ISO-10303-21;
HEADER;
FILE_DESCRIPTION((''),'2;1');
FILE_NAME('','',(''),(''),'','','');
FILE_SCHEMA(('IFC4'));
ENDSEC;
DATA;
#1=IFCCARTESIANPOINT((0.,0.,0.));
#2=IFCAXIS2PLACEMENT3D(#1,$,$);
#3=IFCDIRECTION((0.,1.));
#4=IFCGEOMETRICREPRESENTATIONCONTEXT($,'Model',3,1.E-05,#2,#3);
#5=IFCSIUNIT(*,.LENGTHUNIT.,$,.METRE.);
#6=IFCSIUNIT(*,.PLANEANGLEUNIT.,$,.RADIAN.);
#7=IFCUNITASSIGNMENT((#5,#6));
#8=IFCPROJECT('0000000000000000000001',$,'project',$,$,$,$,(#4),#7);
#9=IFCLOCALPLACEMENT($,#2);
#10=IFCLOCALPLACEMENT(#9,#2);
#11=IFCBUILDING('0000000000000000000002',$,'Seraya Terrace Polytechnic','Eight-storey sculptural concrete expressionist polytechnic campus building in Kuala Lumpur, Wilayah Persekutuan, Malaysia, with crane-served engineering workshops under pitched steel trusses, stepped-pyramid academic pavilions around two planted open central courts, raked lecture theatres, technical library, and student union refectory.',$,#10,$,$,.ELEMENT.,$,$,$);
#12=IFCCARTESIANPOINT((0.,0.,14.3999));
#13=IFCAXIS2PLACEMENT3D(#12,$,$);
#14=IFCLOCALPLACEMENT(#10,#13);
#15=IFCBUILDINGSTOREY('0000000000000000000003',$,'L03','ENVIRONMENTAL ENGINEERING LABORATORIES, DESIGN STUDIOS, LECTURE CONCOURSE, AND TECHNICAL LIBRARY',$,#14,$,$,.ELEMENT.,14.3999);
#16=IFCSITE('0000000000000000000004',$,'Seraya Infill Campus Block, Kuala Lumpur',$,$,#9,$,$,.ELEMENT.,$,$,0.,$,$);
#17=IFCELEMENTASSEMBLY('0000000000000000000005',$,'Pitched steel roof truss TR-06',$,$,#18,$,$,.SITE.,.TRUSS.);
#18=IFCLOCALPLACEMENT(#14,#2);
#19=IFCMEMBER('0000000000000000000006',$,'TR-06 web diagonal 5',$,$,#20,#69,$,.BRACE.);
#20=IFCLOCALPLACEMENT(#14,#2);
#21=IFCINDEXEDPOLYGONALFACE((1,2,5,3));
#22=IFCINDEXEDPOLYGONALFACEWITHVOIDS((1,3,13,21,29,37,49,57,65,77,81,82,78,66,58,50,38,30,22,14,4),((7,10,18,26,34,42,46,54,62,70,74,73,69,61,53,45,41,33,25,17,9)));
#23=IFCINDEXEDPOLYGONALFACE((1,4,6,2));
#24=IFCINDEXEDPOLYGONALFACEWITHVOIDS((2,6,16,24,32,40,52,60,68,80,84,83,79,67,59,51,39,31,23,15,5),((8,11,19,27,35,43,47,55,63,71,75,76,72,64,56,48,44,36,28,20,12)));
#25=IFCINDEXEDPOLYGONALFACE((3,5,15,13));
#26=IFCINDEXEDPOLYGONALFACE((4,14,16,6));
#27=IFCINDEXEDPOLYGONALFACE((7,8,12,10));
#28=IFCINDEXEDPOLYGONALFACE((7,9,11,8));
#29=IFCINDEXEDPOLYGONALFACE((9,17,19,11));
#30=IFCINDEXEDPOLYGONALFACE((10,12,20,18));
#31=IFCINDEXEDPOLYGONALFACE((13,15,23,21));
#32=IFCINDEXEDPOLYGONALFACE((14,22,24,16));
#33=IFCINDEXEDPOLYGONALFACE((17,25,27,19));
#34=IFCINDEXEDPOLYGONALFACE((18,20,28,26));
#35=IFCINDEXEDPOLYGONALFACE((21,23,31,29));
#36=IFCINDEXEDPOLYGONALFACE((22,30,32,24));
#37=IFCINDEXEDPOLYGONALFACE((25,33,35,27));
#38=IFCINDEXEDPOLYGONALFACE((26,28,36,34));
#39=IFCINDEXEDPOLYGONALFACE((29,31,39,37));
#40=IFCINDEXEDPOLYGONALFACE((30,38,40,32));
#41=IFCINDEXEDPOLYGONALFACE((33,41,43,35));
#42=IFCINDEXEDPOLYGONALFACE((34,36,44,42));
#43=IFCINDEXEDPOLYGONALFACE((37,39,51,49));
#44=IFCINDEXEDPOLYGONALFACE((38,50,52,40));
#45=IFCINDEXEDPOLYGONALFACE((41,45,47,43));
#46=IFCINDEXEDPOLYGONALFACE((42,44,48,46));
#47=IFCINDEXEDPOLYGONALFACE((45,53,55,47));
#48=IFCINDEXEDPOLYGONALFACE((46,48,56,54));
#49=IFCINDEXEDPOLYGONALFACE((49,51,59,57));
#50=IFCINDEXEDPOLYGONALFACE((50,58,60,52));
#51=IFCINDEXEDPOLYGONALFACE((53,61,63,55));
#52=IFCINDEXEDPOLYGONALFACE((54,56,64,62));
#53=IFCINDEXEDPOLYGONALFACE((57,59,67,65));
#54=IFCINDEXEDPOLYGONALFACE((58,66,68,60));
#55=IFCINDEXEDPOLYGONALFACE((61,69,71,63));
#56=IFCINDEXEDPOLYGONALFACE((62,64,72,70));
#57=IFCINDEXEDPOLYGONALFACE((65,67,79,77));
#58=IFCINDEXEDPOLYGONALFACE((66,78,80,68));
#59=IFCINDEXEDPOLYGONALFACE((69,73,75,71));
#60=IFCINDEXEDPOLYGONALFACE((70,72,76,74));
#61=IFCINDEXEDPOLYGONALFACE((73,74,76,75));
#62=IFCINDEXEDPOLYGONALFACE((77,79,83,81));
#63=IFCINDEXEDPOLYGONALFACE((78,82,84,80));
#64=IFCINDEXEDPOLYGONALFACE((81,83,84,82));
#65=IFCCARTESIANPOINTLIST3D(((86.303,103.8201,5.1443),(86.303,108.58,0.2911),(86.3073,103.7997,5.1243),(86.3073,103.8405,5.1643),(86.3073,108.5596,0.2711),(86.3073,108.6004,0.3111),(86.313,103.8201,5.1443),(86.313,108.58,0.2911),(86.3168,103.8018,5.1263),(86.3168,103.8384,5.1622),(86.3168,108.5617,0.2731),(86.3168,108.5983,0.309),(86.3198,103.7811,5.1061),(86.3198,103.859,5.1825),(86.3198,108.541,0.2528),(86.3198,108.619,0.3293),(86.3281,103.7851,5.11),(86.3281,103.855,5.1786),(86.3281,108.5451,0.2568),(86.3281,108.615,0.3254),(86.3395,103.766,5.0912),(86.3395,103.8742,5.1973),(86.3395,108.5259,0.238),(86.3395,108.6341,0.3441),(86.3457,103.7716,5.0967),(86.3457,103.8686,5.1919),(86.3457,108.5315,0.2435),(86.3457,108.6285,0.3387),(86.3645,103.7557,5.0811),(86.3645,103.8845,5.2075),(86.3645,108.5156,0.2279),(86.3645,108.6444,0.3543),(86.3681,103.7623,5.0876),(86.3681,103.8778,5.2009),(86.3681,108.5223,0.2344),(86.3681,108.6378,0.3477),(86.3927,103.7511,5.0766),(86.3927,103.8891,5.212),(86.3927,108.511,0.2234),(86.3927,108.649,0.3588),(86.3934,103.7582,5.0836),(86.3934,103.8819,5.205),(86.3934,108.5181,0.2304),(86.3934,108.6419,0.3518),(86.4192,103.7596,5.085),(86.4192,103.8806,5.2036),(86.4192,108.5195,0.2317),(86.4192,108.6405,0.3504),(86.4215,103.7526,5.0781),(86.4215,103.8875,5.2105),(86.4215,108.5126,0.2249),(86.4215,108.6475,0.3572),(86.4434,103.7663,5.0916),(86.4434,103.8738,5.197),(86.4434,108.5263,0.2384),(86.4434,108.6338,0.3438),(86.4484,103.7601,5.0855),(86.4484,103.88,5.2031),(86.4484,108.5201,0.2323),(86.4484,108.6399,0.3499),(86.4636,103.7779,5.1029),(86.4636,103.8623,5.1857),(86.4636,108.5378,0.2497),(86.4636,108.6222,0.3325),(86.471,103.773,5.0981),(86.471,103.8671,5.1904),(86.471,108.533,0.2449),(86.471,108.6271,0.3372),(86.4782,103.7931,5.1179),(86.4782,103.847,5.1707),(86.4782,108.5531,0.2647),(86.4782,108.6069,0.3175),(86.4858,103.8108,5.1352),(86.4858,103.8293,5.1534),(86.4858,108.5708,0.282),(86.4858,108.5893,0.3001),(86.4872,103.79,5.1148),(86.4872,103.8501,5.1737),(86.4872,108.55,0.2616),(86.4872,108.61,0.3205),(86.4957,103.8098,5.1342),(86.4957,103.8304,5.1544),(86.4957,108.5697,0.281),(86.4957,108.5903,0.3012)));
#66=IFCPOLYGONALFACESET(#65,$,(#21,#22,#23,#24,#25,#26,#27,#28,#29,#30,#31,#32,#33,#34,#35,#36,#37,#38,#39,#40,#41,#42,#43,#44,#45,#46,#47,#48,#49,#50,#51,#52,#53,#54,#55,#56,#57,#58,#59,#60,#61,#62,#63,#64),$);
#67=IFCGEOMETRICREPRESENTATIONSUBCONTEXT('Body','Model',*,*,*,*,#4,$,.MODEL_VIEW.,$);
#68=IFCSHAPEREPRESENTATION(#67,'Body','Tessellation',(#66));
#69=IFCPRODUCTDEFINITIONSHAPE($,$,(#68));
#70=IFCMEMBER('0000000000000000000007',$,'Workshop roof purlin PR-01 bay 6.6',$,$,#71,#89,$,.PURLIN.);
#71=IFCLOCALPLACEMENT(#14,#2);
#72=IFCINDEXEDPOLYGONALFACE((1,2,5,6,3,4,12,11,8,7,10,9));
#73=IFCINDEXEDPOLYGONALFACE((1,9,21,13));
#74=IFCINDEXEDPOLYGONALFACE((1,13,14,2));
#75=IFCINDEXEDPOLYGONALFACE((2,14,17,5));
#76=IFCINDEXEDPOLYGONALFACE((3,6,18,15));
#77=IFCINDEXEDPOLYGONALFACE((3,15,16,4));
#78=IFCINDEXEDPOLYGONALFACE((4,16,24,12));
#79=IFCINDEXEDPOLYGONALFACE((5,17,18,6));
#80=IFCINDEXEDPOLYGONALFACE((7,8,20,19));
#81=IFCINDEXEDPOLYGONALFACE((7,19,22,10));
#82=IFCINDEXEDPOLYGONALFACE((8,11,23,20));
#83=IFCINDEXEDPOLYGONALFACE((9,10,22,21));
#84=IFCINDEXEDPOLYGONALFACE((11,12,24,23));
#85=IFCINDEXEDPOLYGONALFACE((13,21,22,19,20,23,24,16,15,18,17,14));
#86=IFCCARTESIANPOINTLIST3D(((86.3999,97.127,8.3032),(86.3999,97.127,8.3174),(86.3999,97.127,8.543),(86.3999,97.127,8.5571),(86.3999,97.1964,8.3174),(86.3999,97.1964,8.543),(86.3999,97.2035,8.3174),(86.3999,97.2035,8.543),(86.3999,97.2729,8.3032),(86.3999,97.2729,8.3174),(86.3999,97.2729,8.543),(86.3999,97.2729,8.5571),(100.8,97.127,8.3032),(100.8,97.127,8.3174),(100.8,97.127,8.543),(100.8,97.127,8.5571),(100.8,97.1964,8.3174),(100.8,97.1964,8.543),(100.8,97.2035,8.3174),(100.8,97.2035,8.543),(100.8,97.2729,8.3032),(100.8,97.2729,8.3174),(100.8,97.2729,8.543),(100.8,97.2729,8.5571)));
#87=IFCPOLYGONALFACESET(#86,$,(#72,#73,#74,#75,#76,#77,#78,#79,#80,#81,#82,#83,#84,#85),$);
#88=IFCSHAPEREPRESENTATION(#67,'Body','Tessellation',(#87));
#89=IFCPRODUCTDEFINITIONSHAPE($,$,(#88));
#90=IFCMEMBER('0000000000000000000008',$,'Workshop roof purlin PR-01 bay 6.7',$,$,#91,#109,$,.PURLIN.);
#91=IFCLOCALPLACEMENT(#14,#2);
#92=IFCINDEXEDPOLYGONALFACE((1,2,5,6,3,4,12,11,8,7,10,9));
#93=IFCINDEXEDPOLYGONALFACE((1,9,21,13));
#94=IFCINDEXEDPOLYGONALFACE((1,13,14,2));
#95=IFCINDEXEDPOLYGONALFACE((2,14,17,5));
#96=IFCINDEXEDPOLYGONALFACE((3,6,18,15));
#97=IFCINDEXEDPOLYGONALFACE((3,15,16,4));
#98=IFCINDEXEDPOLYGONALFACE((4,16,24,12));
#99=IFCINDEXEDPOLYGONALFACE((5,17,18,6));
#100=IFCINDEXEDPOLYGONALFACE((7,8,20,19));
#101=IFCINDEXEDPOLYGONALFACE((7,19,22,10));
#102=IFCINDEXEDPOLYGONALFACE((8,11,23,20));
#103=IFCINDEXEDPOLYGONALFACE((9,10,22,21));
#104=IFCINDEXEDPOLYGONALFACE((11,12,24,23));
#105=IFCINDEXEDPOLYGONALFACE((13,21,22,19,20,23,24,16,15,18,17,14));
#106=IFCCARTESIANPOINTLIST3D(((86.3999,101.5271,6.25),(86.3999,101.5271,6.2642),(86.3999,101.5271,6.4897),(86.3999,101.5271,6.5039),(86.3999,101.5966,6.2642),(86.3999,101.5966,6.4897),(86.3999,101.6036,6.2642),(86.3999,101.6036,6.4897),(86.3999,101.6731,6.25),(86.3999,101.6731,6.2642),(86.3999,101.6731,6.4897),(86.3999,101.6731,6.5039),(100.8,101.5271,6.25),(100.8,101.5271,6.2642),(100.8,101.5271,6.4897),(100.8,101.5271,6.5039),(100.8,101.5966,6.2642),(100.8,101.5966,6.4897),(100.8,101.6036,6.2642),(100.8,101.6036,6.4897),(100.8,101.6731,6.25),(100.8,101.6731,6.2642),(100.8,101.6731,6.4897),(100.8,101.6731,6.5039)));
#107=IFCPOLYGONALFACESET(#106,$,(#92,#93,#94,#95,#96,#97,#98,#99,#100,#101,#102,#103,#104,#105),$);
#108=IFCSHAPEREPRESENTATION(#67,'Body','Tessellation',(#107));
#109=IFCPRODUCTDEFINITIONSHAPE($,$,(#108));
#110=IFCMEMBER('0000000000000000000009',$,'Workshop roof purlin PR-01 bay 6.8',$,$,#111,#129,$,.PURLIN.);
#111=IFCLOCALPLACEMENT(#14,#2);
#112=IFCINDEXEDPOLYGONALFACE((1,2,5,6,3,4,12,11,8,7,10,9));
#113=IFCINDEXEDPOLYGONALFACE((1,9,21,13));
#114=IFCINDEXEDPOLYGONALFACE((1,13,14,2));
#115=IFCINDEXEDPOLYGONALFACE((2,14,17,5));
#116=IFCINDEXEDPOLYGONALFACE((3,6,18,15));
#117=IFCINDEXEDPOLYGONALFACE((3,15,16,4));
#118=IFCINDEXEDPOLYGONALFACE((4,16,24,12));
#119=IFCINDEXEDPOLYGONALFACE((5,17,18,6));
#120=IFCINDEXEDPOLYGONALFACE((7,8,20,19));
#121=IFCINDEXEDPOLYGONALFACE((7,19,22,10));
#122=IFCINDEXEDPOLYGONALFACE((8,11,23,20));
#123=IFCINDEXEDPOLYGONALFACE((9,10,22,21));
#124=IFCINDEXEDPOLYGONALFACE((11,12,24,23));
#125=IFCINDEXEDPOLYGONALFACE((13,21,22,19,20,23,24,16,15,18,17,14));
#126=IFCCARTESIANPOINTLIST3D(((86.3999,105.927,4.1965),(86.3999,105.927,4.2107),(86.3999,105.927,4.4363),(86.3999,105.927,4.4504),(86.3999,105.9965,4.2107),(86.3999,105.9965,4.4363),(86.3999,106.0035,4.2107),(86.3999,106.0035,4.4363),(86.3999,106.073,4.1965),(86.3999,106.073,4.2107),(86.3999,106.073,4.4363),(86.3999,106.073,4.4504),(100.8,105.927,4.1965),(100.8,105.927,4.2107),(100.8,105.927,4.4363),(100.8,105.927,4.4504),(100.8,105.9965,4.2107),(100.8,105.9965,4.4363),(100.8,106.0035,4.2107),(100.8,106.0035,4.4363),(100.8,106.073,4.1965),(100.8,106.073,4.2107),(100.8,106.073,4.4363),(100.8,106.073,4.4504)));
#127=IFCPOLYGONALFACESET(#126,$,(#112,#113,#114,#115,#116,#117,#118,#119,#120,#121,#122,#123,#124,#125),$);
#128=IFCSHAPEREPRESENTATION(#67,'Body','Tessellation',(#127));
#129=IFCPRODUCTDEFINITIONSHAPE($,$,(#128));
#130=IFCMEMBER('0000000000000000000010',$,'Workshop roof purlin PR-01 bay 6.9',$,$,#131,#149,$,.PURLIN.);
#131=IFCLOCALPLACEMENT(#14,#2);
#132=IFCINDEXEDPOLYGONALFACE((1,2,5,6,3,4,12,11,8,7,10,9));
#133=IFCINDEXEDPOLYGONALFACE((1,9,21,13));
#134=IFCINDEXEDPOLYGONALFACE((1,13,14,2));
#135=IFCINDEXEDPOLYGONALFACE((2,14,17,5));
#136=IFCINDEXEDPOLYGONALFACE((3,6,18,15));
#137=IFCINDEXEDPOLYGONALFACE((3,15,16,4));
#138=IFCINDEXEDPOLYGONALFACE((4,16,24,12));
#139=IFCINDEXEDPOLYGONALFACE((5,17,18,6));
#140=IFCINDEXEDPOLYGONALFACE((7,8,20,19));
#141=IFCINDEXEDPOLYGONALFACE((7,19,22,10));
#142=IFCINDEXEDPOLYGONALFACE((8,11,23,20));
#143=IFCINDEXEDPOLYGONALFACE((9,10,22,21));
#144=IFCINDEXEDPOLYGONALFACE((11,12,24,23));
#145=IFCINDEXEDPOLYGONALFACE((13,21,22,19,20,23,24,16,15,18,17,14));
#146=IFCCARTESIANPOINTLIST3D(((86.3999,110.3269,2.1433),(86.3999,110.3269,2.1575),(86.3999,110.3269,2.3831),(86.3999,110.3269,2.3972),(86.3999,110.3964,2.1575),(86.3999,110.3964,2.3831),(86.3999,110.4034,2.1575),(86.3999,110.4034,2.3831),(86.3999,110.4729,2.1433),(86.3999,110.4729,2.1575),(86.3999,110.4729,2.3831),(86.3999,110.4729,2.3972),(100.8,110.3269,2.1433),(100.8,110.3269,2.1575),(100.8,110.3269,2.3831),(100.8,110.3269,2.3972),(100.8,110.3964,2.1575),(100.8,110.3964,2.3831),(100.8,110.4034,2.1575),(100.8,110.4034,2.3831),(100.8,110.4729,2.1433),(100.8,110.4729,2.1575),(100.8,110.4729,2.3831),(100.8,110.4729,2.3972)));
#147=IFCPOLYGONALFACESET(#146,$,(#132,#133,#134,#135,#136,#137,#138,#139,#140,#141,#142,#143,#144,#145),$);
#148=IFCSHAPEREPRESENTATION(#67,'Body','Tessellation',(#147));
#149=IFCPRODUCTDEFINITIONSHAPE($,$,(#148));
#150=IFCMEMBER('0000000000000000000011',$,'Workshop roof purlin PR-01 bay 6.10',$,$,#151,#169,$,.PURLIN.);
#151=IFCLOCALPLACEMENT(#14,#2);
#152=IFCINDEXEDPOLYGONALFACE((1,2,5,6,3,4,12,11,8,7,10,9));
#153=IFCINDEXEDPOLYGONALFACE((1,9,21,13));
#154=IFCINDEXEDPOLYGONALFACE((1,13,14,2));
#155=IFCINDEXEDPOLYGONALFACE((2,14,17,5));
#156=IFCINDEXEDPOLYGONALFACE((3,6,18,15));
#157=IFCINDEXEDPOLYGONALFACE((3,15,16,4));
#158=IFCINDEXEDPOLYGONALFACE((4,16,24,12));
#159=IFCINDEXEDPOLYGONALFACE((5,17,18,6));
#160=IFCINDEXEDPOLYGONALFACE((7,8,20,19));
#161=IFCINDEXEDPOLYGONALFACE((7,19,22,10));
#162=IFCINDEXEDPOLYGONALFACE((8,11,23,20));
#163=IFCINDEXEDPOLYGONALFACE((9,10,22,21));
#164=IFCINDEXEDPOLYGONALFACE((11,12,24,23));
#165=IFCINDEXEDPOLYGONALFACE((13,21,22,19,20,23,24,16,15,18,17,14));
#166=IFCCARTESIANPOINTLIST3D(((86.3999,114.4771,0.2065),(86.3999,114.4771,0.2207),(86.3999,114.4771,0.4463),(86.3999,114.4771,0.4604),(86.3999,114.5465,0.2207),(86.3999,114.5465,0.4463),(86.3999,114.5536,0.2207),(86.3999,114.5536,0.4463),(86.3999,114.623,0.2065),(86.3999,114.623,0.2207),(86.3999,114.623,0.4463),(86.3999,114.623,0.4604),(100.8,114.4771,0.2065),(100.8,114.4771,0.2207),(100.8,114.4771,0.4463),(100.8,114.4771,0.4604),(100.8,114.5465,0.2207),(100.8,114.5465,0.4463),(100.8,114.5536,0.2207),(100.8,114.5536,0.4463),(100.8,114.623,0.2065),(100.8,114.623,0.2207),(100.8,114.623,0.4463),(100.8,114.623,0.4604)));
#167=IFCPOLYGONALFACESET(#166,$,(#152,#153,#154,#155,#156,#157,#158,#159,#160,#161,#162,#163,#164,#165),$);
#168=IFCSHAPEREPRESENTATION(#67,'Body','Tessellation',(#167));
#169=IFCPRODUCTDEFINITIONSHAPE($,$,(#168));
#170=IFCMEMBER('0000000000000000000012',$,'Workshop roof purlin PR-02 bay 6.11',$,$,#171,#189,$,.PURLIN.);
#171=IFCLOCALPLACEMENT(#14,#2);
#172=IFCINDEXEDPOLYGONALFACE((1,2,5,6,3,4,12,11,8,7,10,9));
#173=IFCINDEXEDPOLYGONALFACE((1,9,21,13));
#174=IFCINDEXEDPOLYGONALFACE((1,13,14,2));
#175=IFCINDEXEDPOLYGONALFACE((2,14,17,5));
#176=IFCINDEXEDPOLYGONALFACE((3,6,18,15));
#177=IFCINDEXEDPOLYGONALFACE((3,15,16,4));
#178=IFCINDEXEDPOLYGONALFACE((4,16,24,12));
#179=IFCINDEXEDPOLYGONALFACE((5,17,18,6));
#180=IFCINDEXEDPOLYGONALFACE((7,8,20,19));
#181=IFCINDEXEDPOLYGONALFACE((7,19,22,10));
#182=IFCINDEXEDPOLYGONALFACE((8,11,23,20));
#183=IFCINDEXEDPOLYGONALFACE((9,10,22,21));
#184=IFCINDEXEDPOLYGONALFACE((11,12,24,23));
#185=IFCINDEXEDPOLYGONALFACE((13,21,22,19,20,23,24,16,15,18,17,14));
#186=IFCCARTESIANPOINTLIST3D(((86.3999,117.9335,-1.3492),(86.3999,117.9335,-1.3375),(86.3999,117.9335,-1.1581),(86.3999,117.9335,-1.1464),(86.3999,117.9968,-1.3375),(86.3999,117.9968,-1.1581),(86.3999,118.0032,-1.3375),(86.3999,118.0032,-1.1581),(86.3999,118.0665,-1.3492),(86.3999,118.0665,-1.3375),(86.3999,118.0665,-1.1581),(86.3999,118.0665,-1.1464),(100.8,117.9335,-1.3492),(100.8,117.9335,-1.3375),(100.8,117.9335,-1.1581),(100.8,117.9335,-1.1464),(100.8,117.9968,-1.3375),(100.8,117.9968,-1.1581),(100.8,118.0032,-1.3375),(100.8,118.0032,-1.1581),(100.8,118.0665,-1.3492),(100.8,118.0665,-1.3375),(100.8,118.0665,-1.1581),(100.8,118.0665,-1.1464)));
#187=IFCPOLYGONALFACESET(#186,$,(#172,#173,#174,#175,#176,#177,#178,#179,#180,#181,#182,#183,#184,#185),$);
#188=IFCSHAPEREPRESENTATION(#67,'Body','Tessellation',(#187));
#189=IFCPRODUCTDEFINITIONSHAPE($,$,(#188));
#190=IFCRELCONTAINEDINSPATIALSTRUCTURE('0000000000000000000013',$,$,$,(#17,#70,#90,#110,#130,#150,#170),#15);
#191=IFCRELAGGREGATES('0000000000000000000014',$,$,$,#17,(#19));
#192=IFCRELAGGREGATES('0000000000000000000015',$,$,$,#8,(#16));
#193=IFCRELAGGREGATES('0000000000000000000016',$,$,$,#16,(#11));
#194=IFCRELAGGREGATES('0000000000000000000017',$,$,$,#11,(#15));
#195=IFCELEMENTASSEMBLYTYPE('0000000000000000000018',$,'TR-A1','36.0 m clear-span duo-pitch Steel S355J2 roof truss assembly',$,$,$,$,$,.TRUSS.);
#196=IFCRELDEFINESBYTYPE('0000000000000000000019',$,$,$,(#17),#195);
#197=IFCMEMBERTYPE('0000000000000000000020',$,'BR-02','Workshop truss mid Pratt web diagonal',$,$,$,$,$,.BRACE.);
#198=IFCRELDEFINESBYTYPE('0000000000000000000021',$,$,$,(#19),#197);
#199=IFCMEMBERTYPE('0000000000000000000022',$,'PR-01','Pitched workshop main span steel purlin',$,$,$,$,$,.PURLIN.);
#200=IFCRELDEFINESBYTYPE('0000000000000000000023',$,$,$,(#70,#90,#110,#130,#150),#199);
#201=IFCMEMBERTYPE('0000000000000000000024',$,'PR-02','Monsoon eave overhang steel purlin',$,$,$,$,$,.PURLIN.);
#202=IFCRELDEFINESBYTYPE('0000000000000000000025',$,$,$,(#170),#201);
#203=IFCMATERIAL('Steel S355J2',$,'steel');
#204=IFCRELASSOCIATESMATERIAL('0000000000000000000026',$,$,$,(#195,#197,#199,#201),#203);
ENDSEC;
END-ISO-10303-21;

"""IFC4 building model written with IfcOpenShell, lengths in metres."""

from ifc_helpers import new_model, si_unit, direction, frame, origin, origin_2d, place, context, subcontext, project, spatial, hollow_circle, i_section, extrude, material, material_profile, profile_set, type_object, element, aggregate, save


model = new_model("IFC4")

# Units and contexts
model_context = context("Model", 3, precision=1e-05, world=origin(), true_north=direction((0.0, 1.0)))
body_context = subcontext(model_context, "Body", "Model", "MODEL_VIEW")
ifc_project = project(units=[si_unit("LENGTHUNIT", "METRE"), si_unit("PLANEANGLEUNIT", "RADIAN")], contexts=[model_context])

# Site, building, storey
site_placement = place(None, origin())
site = spatial("IfcSite", under=ifc_project, at=site_placement, Name="Seraya Infill Campus Block, Kuala Lumpur", CompositionType="ELEMENT", RefElevation=0.0)
building_placement = place(site_placement, origin())
building = spatial("IfcBuilding", under=site, at=building_placement, Name="Seraya Terrace Polytechnic", Description="Eight-storey sculptural concrete expressionist polytechnic campus building in Kuala Lumpur, Wilayah Persekutuan, Malaysia, with crane-served engineering workshops under pitched steel trusses, stepped-pyramid academic pavilions around two planted open central courts, raked lecture theatres, technical library, and student union refectory.", CompositionType="ELEMENT")
storey_placement = place(building_placement, frame((0.0, 0.0, 14.3999)))
storey = spatial("IfcBuildingStorey", under=building, at=storey_placement, Name="L03", Description="ENVIRONMENTAL ENGINEERING LABORATORIES, DESIGN STUDIOS, LECTURE CONCOURSE, AND TECHNICAL LIBRARY", CompositionType="ELEMENT", Elevation=14.3999)

# Element assembly, member
ifc_material_1 = material(Name="Steel S355J2", Category="steel")
element_assembly_type = type_object("IfcElementAssemblyType", Name="TR-A1", Description="36.0 m clear-span duo-pitch Steel S355J2 roof truss assembly", PredefinedType="TRUSS", material=ifc_material_1)
assembly_placement = place(storey_placement, origin())
assembly = element("IfcElementAssembly", 1, at=assembly_placement, inside=storey, type_object=element_assembly_type, Name="Pitched steel roof truss TR-06", AssemblyPlace="SITE", PredefinedType="TRUSS")
ifc_material_profile_1 = material_profile(ifc_material_1, hollow_circle(Radius=0.0969, WallThickness=0.01, at=origin_2d()), Name="CHS 193.7x10.0")
ifc_profile_set_1 = profile_set([ifc_material_profile_1], Name="Steel S355J2")
member_type_1 = type_object("IfcMemberType", Name="BR-02", Description="Workshop truss mid Pratt web diagonal", PredefinedType="BRACE", material=ifc_profile_set_1)
member_1_placement = place(storey_placement, frame((86.3999, 103.8201, 5.1443), z_axis=(0.0, 0.700214, -0.713933), x_axis=(-1.0, 0.0, 0.0)))
member_1 = element("IfcMember", 2, at=member_1_placement, type_object=member_type_1, Name="TR-06 web diagonal 5", PredefinedType="BRACE", context=body_context, shape_type="SweptSolid", body=[
    extrude(hollow_circle(Radius=0.0969, WallThickness=0.01, at=origin_2d()), origin(), (0.0, 0.0, 1.0), 6.7979),
])

# Members
ifc_material_profile_2 = material_profile(ifc_material_1, i_section(OverallWidth=0.146, OverallDepth=0.2539, WebThickness=0.0071, FlangeThickness=0.0142, at=origin_2d()), Name="UKB 254x146x7.2x14.2")
ifc_profile_set_2 = profile_set([ifc_material_profile_2], Name="Steel S355J2")
member_type_2 = type_object("IfcMemberType", Name="PR-01", Description="Pitched workshop main span steel purlin", PredefinedType="PURLIN", material=ifc_profile_set_2)
for number, where, z_axis, x_axis, name in (
    (3, (86.3999, 97.2, 8.4302), (1.0, 0.0, 0.0), (0.0, 1.0, 0.0), "Workshop roof purlin PR-01 bay 6.6"),
    (4, (86.3999, 101.6001, 6.377), (1.0, 0.0, 0.0), (0.0, 1.0, 0.0), "Workshop roof purlin PR-01 bay 6.7"),
    (5, (86.3999, 106.0, 4.3235), (1.0, 0.0, 0.0), (0.0, 1.0, 0.0), "Workshop roof purlin PR-01 bay 6.8"),
    (6, (86.3999, 110.3999, 2.2703), (1.0, 0.0, 0.0), (0.0, 1.0, 0.0), "Workshop roof purlin PR-01 bay 6.9"),
    (7, (86.3999, 114.55, 0.3335), (1.0, 0.0, 0.0), (0.0, 1.0, 0.0), "Workshop roof purlin PR-01 bay 6.10"),
):
    element("IfcMember", number, at=place(storey_placement, frame(where, z_axis=z_axis, x_axis=x_axis)), inside=storey, type_object=member_type_2, Name=name, PredefinedType="PURLIN", context=body_context, shape_type="SweptSolid", body=[
        extrude(i_section(OverallWidth=0.146, OverallDepth=0.2539, WebThickness=0.0071, FlangeThickness=0.0142, at=origin_2d()), origin(), (0.0, 0.0, 1.0), 14.4001),
    ])
ifc_material_profile_3 = material_profile(ifc_material_1, i_section(OverallWidth=0.1331, OverallDepth=0.2029, WebThickness=0.0063, FlangeThickness=0.0117, at=origin_2d()), Name="UKB 203x133x6.4x11.8")
ifc_profile_set_3 = profile_set([ifc_material_profile_3], Name="Steel S355J2")
member_type_3 = type_object("IfcMemberType", Name="PR-02", Description="Monsoon eave overhang steel purlin", PredefinedType="PURLIN", material=ifc_profile_set_3)
member_2_placement = place(storey_placement, frame((86.3999, 118.0, -1.2478), z_axis=(1.0, 0.0, 0.0), x_axis=(0.0, 1.0, 0.0)))
element("IfcMember", 8, at=member_2_placement, inside=storey, type_object=member_type_3, Name="Workshop roof purlin PR-02 bay 6.11", PredefinedType="PURLIN", context=body_context, shape_type="SweptSolid", body=[
    extrude(i_section(OverallWidth=0.1331, OverallDepth=0.2029, WebThickness=0.0063, FlangeThickness=0.0117, at=origin_2d()), origin(), (0.0, 0.0, 1.0), 14.4001),
])

aggregate(assembly, [member_1])

save(model, "model.ifc")
